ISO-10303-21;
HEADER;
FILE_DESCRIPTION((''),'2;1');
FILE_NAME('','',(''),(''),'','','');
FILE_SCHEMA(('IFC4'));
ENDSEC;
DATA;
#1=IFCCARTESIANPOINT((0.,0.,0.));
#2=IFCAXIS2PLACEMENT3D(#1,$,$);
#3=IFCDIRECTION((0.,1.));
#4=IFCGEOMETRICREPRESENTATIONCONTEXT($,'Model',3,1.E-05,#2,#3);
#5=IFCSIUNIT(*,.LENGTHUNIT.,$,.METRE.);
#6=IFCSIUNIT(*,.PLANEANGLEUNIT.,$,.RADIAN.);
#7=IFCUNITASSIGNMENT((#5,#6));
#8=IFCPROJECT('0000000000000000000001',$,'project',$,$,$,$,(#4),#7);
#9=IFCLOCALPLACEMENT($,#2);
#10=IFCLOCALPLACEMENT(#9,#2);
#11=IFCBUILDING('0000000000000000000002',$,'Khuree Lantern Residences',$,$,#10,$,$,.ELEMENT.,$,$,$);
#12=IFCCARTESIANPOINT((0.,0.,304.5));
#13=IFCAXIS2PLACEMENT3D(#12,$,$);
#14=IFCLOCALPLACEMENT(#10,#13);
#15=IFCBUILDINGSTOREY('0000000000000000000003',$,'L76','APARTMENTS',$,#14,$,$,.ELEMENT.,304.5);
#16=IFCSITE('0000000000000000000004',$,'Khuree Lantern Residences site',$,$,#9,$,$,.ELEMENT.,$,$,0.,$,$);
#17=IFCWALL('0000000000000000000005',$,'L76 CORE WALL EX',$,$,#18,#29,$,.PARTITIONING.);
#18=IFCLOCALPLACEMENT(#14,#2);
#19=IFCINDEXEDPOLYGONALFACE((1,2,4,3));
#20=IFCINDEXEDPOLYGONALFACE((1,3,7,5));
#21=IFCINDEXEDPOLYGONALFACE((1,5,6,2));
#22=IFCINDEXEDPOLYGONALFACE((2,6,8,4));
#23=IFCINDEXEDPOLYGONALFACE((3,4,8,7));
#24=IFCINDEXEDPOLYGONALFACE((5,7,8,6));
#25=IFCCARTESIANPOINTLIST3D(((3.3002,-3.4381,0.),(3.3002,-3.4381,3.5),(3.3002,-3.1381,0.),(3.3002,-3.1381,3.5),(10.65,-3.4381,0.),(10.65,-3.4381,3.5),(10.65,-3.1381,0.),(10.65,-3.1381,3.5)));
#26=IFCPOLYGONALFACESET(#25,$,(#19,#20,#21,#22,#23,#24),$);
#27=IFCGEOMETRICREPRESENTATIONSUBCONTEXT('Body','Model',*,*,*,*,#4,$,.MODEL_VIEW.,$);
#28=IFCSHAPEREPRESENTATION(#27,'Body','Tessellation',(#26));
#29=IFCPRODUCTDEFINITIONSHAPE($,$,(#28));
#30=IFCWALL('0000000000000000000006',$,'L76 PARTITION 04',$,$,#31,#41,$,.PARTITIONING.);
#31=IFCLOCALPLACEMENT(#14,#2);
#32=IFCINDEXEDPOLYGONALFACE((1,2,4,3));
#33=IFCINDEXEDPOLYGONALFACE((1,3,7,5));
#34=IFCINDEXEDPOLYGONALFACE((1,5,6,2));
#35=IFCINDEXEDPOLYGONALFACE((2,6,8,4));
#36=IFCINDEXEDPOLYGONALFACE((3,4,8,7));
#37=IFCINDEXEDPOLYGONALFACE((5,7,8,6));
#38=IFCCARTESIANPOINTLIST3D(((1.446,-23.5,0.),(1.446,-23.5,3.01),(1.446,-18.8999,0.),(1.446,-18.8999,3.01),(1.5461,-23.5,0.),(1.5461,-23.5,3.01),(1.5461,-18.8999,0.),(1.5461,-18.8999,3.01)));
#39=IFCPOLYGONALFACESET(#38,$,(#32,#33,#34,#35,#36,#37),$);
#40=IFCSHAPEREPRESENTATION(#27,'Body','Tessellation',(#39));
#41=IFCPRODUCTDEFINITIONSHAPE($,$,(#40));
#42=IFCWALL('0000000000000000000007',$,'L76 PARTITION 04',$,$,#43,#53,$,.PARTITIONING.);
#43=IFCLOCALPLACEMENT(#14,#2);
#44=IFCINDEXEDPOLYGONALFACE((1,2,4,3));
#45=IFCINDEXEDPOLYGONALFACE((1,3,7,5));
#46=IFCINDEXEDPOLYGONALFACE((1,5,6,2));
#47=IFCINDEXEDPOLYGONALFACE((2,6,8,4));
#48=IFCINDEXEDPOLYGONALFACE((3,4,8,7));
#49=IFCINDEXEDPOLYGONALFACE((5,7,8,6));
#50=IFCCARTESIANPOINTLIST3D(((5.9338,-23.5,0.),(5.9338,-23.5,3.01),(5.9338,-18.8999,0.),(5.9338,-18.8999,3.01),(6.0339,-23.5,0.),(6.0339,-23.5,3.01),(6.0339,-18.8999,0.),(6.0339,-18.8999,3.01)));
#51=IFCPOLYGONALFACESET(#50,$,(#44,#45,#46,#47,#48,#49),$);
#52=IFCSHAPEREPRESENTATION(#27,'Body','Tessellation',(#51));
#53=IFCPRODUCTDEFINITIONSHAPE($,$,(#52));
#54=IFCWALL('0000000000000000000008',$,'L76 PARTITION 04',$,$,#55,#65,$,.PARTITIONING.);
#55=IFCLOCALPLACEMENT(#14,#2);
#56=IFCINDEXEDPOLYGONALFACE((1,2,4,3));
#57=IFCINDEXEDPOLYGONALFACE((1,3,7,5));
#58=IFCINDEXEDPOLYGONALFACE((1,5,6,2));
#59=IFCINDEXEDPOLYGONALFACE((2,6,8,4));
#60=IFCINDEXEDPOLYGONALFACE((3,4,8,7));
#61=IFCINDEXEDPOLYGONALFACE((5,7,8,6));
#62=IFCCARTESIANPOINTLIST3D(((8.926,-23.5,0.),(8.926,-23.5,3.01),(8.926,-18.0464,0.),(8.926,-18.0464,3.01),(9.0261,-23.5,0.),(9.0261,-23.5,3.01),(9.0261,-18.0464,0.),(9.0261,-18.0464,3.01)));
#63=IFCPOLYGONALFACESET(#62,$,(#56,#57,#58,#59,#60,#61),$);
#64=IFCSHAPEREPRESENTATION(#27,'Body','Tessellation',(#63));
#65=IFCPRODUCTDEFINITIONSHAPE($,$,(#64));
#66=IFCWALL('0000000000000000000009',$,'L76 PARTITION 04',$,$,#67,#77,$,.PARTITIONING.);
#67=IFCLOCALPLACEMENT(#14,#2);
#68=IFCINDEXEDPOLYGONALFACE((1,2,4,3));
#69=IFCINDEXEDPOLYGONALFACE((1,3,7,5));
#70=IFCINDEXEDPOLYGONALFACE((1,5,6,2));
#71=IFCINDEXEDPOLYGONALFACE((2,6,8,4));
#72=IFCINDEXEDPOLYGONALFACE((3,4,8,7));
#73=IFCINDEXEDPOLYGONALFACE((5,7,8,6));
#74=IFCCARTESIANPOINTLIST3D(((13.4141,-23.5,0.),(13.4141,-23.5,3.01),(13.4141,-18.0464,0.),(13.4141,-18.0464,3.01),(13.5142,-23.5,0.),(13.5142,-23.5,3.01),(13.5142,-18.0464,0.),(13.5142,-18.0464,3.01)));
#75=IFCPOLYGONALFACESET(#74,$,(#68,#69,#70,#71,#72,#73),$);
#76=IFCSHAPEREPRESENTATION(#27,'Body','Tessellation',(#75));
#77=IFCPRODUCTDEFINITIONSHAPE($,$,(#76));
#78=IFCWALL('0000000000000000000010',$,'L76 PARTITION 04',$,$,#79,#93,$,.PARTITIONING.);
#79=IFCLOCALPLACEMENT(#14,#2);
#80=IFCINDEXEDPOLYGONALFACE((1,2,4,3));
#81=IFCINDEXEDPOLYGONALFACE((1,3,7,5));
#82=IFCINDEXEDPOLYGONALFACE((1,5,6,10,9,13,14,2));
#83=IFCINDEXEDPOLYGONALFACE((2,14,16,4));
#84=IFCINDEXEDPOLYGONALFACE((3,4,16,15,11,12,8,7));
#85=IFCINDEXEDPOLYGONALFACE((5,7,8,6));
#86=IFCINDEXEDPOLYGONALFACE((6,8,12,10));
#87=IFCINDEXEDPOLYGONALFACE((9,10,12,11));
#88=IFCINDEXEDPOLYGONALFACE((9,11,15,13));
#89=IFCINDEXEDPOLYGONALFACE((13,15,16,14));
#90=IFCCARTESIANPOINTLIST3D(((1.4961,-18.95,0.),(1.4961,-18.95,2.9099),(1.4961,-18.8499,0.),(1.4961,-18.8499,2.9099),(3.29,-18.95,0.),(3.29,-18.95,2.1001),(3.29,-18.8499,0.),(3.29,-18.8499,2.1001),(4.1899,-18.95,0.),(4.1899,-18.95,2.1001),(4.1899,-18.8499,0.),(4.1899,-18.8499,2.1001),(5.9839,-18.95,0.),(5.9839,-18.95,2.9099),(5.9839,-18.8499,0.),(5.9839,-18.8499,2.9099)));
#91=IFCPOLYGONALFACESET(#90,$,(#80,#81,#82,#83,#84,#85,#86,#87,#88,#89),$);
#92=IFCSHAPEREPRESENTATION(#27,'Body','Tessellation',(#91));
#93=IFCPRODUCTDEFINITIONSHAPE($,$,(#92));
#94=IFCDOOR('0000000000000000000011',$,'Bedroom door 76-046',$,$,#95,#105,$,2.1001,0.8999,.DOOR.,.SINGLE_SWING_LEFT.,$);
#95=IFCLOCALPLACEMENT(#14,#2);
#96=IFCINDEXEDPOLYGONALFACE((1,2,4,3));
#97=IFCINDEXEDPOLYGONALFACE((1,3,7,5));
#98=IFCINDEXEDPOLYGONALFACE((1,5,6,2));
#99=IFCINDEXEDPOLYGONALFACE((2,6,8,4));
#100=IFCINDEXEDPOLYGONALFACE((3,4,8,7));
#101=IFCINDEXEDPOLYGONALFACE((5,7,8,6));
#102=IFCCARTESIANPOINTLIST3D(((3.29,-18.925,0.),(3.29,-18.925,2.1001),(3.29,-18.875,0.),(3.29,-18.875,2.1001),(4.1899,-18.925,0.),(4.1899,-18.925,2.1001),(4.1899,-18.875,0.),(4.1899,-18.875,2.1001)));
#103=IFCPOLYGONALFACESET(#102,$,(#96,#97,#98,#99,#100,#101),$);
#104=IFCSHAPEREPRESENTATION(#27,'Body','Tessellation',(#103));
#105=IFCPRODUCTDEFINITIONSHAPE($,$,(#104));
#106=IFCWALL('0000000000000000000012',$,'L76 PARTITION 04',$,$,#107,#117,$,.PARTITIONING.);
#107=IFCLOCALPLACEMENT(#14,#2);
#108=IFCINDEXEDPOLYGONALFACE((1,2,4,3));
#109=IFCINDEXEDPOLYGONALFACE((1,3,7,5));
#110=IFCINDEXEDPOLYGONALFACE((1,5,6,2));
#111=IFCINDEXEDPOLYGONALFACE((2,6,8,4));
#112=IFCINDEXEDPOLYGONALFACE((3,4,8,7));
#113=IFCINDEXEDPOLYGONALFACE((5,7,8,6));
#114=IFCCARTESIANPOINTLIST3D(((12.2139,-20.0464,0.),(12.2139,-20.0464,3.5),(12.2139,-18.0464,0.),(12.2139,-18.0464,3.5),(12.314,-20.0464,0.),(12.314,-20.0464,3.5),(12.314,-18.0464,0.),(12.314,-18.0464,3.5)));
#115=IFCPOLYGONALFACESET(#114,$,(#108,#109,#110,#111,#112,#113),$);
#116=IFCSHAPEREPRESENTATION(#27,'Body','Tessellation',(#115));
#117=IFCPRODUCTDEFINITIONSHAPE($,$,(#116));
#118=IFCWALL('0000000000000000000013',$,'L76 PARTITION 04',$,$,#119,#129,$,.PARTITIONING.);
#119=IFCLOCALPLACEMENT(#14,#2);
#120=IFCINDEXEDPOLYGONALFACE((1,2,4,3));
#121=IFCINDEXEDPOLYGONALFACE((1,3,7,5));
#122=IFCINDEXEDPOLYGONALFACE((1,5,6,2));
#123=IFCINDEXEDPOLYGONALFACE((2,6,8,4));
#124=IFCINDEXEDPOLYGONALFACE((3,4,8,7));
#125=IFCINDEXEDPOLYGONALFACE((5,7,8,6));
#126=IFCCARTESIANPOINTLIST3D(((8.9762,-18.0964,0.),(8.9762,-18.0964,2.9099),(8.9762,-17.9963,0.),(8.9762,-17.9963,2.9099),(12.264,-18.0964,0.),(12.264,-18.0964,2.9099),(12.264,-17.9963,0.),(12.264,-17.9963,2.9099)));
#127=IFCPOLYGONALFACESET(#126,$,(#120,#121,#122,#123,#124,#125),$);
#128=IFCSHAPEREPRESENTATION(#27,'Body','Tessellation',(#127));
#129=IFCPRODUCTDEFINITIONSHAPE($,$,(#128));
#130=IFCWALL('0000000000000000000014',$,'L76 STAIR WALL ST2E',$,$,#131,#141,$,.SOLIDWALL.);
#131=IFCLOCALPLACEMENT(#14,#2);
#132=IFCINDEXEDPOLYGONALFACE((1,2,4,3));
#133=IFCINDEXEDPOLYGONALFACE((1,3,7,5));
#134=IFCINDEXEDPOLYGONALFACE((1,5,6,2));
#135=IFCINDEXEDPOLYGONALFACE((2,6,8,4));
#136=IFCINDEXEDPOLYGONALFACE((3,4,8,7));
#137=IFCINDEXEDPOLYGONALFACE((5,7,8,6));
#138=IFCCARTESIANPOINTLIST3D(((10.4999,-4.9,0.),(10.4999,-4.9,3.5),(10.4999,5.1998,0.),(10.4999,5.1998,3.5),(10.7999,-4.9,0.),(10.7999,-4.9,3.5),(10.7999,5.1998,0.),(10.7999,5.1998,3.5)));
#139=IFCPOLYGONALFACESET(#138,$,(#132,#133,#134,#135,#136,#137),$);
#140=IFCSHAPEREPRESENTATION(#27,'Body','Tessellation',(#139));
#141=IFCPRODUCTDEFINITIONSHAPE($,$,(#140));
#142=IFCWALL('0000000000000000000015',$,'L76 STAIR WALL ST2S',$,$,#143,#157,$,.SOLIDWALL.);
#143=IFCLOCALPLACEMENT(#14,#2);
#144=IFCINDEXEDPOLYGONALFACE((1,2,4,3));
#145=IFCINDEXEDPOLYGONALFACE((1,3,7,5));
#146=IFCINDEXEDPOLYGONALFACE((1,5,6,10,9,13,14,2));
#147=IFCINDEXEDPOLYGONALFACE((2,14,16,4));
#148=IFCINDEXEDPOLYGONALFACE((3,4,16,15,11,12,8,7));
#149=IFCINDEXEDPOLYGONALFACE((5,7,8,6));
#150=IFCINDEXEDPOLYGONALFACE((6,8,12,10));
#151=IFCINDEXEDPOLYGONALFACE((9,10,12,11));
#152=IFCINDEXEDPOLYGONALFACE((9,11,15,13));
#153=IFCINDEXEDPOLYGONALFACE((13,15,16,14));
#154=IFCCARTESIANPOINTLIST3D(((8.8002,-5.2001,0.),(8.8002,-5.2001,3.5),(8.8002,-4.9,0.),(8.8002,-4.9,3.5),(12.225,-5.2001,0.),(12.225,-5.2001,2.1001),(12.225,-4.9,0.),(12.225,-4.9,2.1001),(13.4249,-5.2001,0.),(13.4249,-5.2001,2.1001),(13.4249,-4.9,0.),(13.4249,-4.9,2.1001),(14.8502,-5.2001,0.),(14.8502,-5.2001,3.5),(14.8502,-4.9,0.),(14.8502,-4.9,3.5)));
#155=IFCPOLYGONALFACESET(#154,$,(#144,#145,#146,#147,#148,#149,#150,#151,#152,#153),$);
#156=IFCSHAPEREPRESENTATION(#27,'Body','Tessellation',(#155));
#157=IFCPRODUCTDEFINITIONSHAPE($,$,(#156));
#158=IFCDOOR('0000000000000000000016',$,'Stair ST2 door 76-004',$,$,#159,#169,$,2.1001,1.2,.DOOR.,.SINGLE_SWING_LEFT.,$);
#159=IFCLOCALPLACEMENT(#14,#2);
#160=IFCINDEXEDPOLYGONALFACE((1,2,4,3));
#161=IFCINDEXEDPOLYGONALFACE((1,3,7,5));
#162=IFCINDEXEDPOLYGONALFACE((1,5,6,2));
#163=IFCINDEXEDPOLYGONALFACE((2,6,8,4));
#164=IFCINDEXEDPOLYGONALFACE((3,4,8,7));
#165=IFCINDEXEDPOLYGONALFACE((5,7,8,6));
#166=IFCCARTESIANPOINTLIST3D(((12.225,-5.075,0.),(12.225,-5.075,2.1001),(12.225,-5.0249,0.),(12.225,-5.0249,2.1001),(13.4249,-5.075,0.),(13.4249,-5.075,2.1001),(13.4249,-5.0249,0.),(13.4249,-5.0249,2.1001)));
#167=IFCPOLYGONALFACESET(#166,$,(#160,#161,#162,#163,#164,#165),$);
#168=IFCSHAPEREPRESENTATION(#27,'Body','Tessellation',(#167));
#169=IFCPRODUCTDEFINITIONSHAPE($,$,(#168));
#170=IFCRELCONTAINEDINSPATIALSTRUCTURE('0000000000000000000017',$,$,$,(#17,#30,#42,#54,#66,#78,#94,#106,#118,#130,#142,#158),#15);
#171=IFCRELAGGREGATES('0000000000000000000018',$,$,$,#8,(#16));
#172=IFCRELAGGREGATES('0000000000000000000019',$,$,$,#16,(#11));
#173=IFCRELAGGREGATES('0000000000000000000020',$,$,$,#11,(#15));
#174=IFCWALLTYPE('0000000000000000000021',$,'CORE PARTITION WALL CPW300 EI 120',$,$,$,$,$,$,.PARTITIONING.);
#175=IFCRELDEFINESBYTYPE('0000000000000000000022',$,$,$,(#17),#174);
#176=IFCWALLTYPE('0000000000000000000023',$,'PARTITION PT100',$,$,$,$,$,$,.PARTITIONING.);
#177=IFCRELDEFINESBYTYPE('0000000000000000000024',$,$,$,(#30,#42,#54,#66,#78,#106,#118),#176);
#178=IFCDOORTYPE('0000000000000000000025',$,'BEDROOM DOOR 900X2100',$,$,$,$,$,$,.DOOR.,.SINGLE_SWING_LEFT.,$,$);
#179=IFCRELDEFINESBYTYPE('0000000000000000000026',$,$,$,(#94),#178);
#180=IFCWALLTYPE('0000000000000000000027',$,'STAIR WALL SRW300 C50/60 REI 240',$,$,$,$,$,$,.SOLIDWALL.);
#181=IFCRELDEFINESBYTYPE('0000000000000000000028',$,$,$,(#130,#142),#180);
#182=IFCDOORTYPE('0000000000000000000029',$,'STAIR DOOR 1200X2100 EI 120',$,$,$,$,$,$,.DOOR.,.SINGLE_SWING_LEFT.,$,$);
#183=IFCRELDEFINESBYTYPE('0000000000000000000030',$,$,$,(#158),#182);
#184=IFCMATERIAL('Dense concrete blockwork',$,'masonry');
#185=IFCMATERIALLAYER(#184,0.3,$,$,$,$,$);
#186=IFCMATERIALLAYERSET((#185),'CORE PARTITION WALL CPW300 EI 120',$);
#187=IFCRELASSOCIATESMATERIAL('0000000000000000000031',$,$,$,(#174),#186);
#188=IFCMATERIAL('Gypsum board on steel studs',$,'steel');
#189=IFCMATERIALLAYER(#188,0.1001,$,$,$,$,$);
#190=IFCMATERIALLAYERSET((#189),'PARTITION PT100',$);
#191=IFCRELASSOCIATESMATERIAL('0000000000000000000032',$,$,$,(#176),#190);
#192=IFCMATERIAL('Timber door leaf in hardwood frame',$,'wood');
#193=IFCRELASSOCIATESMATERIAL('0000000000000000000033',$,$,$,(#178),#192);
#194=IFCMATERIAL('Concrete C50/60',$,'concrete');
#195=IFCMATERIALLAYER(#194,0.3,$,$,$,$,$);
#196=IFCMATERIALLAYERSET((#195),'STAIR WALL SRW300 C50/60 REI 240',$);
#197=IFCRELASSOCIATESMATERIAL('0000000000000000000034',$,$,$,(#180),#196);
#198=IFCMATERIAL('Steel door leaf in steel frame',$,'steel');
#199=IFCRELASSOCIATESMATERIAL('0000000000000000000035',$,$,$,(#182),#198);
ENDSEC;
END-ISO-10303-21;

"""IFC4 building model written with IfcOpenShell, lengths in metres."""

from ifc_helpers import new_model, si_unit, direction, frame, frame_2d, origin, place, context, subcontext, project, spatial, rectangle, extrude, material, layer, layer_set, type_object, element, fill, save


model = new_model("IFC4")

# Units and contexts
model_context = context("Model", 3, precision=1e-05, world=origin(), true_north=direction((0.0, 1.0)))
body_context = subcontext(model_context, "Body", "Model", "MODEL_VIEW")
ifc_project = project(units=[si_unit("LENGTHUNIT", "METRE"), si_unit("PLANEANGLEUNIT", "RADIAN")], contexts=[model_context])

# Site, building, storey
site_placement = place(None, origin())
site = spatial("IfcSite", under=ifc_project, at=site_placement, Name="Khuree Lantern Residences site", CompositionType="ELEMENT", RefElevation=0.0)
building_placement = place(site_placement, origin())
building = spatial("IfcBuilding", under=site, at=building_placement, Name="Khuree Lantern Residences", CompositionType="ELEMENT")
storey_placement = place(building_placement, frame((0.0, 0.0, 304.5)))
storey = spatial("IfcBuildingStorey", under=building, at=storey_placement, Name="L76", Description="APARTMENTS", CompositionType="ELEMENT", Elevation=304.5)

# Shared definitions
ifc_material_1 = material(Name="Dense concrete blockwork", Category="masonry")
ifc_layer_1 = layer(ifc_material_1, 0.3)
ifc_layer_set_1 = layer_set([ifc_layer_1], Name="CORE PARTITION WALL CPW300 EI 120")
wall_type_1 = type_object("IfcWallType", Name="CORE PARTITION WALL CPW300 EI 120", PredefinedType="PARTITIONING", material=ifc_layer_set_1)

# Shared definitions
ifc_material_2 = material(Name="Timber door leaf in hardwood frame", Category="wood")

# Walls
wall_1_placement = place(storey_placement, frame((10.6499, -3.2881, 0.0), z_axis=(0.0, 0.0, 1.0), x_axis=(-1.0, 0.0, 0.0)))
element("IfcWall", 1, at=wall_1_placement, inside=storey, type_object=wall_type_1, Name="L76 CORE WALL EX", PredefinedType="PARTITIONING", context=body_context, shape_type="SweptSolid", body=[
    extrude(rectangle(XDim=7.3499, YDim=0.3, at=frame_2d((3.6748, 0.0))), origin(), (0.0, 0.0, 1.0), 3.5),
])
ifc_material_3 = material(Name="Gypsum board on steel studs", Category="steel")
ifc_layer_2 = layer(ifc_material_3, 0.1001)
ifc_layer_set_2 = layer_set([ifc_layer_2], Name="PARTITION PT100")
wall_type_2 = type_object("IfcWallType", Name="PARTITION PT100", PredefinedType="PARTITIONING", material=ifc_layer_set_2)
for number, where, z_axis, x_axis, name in (
    (2, (1.4961, -18.8999, 0.0), (0.0, 0.0, 1.0), (0.0, -1.0, 0.0), "L76 PARTITION 04"),
    (3, (5.9839, -18.8999, 0.0), (0.0, 0.0, 1.0), (0.0, -1.0, 0.0), "L76 PARTITION 04"),
):
    element("IfcWall", number, at=place(storey_placement, frame(where, z_axis=z_axis, x_axis=x_axis)), inside=storey, type_object=wall_type_2, Name=name, PredefinedType="PARTITIONING", context=body_context, shape_type="SweptSolid", body=[
        extrude(rectangle(XDim=4.6001, YDim=0.1001, at=frame_2d((2.3, 0.0))), origin(), (0.0, 0.0, 1.0), 3.01),
    ])
for number, where, z_axis, x_axis, name in (
    (4, (8.9761, -18.0464, 0.0), (0.0, 0.0, 1.0), (0.0, -1.0, 0.0), "L76 PARTITION 04"),
    (5, (13.4641, -18.0464, 0.0), (0.0, 0.0, 1.0), (0.0, -1.0, 0.0), "L76 PARTITION 04"),
):
    element("IfcWall", number, at=place(storey_placement, frame(where, z_axis=z_axis, x_axis=x_axis)), inside=storey, type_object=wall_type_2, Name=name, PredefinedType="PARTITIONING", context=body_context, shape_type="SweptSolid", body=[
        extrude(rectangle(XDim=5.4536, YDim=0.1001, at=frame_2d((2.7268, 0.0))), origin(), (0.0, 0.0, 1.0), 3.01),
    ])

# Wall, opening, door
wall_2_placement = place(storey_placement, frame((1.4961, -18.8999, 0.0), z_axis=(0.0, 0.0, 1.0), x_axis=(1.0, 0.0, 0.0)))
wall_2 = element("IfcWall", 6, at=wall_2_placement, inside=storey, type_object=wall_type_2, Name="L76 PARTITION 04", PredefinedType="PARTITIONING", context=body_context, shape_type="SweptSolid", body=[
    extrude(rectangle(XDim=4.4878, YDim=0.1001, at=frame_2d((2.2439, 0.0))), origin(), (0.0, 0.0, 1.0), 2.9099),
])
opening_1_placement = place(wall_2_placement, frame((1.7939, 0.0, 0.0)))
opening_1 = element("IfcOpeningElement", 7, at=opening_1_placement, cuts=wall_2, PredefinedType="OPENING", context=body_context, shape_type="SweptSolid", body=[
    extrude(rectangle(XDim=0.8999, YDim=2.1001, at=frame_2d((0.45, 1.05))), frame((0.0, 0.0601, 0.0), z_axis=(0.0, -1.0, 0.0), x_axis=(1.0, 0.0, 0.0)), (0.0, 0.0, 1.0), 0.1201),
])
door_type_1 = type_object("IfcDoorType", Name="BEDROOM DOOR 900X2100", OperationType="SINGLE_SWING_LEFT", PredefinedType="DOOR", material=ifc_material_2)
door_1_placement = place(opening_1_placement, origin())
door_1 = element("IfcDoor", 8, at=door_1_placement, inside=storey, type_object=door_type_1, Name="Bedroom door 76-046", OperationType="SINGLE_SWING_LEFT", OverallHeight=2.1001, OverallWidth=0.8999, PredefinedType="DOOR", context=body_context, shape_type="SweptSolid", body=[
    extrude(rectangle(XDim=0.8999, YDim=2.1001, at=frame_2d((0.45, 1.05))), frame((0.0, 0.0249, 0.0), z_axis=(0.0, -1.0, 0.0), x_axis=(1.0, 0.0, 0.0)), (0.0, 0.0, 1.0), 0.05),
])
fill(opening_1, door_1)

# Walls
wall_3_placement = place(storey_placement, frame((12.2639, -18.0464, 0.0), z_axis=(0.0, 0.0, 1.0), x_axis=(0.0, -1.0, 0.0)))
element("IfcWall", 9, at=wall_3_placement, inside=storey, type_object=wall_type_2, Name="L76 PARTITION 04", PredefinedType="PARTITIONING", context=body_context, shape_type="SweptSolid", body=[
    extrude(rectangle(XDim=2.0, YDim=0.1001, at=frame_2d((1.0, 0.0))), origin(), (0.0, 0.0, 1.0), 3.5),
])
wall_4_placement = place(storey_placement, frame((8.9761, -18.0464, 0.0), z_axis=(0.0, 0.0, 1.0), x_axis=(1.0, 0.0, 0.0)))
element("IfcWall", 10, at=wall_4_placement, inside=storey, type_object=wall_type_2, Name="L76 PARTITION 04", PredefinedType="PARTITIONING", context=body_context, shape_type="SweptSolid", body=[
    extrude(rectangle(XDim=3.2878, YDim=0.1001, at=frame_2d((1.644, 0.0))), origin(), (0.0, 0.0, 1.0), 2.9099),
])
ifc_material_4 = material(Name="Concrete C50/60", Category="concrete")
ifc_layer_3 = layer(ifc_material_4, 0.3)
ifc_layer_set_3 = layer_set([ifc_layer_3], Name="STAIR WALL SRW300 C50/60 REI 240")
wall_type_3 = type_object("IfcWallType", Name="STAIR WALL SRW300 C50/60 REI 240", PredefinedType="SOLIDWALL", material=ifc_layer_set_3)
wall_5_placement = place(storey_placement, frame((10.6499, -4.8999, 0.0), z_axis=(0.0, 0.0, 1.0), x_axis=(0.0, 1.0, 0.0)))
element("IfcWall", 11, at=wall_5_placement, inside=storey, type_object=wall_type_3, Name="L76 STAIR WALL ST2E", PredefinedType="SOLIDWALL", context=body_context, shape_type="SweptSolid", body=[
    extrude(rectangle(XDim=10.0999, YDim=0.3, at=frame_2d((5.0498, 0.0))), origin(), (0.0, 0.0, 1.0), 3.5),
])

# Wall, opening, door
wall_6_placement = place(storey_placement, frame((14.8501, -5.05, 0.0), z_axis=(0.0, 0.0, 1.0), x_axis=(-1.0, 0.0, 0.0)))
wall_6 = element("IfcWall", 12, at=wall_6_placement, inside=storey, type_object=wall_type_3, Name="L76 STAIR WALL ST2S", PredefinedType="SOLIDWALL", context=body_context, shape_type="SweptSolid", body=[
    extrude(rectangle(XDim=6.05, YDim=0.3, at=frame_2d((3.0249, 0.0))), origin(), (0.0, 0.0, 1.0), 3.5),
])
opening_2_placement = place(wall_6_placement, frame((1.425, 0.0, 0.0)))
opening_2 = element("IfcOpeningElement", 13, at=opening_2_placement, cuts=wall_6, PredefinedType="OPENING", context=body_context, shape_type="SweptSolid", body=[
    extrude(rectangle(XDim=1.2, YDim=2.1001, at=frame_2d((0.6001, 1.05))), frame((0.0, 0.1602, 0.0), z_axis=(0.0, -1.0, 0.0), x_axis=(1.0, 0.0, 0.0)), (0.0, 0.0, 1.0), 0.3201),
])
ifc_material_5 = material(Name="Steel door leaf in steel frame", Category="steel")
door_type_2 = type_object("IfcDoorType", Name="STAIR DOOR 1200X2100 EI 120", OperationType="SINGLE_SWING_LEFT", PredefinedType="DOOR", material=ifc_material_5)
door_2_placement = place(opening_2_placement, origin())
door_2 = element("IfcDoor", 14, at=door_2_placement, inside=storey, type_object=door_type_2, Name="Stair ST2 door 76-004", OperationType="SINGLE_SWING_LEFT", OverallHeight=2.1001, OverallWidth=1.2, PredefinedType="DOOR", context=body_context, shape_type="SweptSolid", body=[
    extrude(rectangle(XDim=1.2, YDim=2.1001, at=frame_2d((0.6001, 1.05))), frame((0.0, 0.0249, 0.0), z_axis=(0.0, -1.0, 0.0), x_axis=(1.0, 0.0, 0.0)), (0.0, 0.0, 1.0), 0.05),
])
fill(opening_2, door_2)

save(model, "model.ifc")
